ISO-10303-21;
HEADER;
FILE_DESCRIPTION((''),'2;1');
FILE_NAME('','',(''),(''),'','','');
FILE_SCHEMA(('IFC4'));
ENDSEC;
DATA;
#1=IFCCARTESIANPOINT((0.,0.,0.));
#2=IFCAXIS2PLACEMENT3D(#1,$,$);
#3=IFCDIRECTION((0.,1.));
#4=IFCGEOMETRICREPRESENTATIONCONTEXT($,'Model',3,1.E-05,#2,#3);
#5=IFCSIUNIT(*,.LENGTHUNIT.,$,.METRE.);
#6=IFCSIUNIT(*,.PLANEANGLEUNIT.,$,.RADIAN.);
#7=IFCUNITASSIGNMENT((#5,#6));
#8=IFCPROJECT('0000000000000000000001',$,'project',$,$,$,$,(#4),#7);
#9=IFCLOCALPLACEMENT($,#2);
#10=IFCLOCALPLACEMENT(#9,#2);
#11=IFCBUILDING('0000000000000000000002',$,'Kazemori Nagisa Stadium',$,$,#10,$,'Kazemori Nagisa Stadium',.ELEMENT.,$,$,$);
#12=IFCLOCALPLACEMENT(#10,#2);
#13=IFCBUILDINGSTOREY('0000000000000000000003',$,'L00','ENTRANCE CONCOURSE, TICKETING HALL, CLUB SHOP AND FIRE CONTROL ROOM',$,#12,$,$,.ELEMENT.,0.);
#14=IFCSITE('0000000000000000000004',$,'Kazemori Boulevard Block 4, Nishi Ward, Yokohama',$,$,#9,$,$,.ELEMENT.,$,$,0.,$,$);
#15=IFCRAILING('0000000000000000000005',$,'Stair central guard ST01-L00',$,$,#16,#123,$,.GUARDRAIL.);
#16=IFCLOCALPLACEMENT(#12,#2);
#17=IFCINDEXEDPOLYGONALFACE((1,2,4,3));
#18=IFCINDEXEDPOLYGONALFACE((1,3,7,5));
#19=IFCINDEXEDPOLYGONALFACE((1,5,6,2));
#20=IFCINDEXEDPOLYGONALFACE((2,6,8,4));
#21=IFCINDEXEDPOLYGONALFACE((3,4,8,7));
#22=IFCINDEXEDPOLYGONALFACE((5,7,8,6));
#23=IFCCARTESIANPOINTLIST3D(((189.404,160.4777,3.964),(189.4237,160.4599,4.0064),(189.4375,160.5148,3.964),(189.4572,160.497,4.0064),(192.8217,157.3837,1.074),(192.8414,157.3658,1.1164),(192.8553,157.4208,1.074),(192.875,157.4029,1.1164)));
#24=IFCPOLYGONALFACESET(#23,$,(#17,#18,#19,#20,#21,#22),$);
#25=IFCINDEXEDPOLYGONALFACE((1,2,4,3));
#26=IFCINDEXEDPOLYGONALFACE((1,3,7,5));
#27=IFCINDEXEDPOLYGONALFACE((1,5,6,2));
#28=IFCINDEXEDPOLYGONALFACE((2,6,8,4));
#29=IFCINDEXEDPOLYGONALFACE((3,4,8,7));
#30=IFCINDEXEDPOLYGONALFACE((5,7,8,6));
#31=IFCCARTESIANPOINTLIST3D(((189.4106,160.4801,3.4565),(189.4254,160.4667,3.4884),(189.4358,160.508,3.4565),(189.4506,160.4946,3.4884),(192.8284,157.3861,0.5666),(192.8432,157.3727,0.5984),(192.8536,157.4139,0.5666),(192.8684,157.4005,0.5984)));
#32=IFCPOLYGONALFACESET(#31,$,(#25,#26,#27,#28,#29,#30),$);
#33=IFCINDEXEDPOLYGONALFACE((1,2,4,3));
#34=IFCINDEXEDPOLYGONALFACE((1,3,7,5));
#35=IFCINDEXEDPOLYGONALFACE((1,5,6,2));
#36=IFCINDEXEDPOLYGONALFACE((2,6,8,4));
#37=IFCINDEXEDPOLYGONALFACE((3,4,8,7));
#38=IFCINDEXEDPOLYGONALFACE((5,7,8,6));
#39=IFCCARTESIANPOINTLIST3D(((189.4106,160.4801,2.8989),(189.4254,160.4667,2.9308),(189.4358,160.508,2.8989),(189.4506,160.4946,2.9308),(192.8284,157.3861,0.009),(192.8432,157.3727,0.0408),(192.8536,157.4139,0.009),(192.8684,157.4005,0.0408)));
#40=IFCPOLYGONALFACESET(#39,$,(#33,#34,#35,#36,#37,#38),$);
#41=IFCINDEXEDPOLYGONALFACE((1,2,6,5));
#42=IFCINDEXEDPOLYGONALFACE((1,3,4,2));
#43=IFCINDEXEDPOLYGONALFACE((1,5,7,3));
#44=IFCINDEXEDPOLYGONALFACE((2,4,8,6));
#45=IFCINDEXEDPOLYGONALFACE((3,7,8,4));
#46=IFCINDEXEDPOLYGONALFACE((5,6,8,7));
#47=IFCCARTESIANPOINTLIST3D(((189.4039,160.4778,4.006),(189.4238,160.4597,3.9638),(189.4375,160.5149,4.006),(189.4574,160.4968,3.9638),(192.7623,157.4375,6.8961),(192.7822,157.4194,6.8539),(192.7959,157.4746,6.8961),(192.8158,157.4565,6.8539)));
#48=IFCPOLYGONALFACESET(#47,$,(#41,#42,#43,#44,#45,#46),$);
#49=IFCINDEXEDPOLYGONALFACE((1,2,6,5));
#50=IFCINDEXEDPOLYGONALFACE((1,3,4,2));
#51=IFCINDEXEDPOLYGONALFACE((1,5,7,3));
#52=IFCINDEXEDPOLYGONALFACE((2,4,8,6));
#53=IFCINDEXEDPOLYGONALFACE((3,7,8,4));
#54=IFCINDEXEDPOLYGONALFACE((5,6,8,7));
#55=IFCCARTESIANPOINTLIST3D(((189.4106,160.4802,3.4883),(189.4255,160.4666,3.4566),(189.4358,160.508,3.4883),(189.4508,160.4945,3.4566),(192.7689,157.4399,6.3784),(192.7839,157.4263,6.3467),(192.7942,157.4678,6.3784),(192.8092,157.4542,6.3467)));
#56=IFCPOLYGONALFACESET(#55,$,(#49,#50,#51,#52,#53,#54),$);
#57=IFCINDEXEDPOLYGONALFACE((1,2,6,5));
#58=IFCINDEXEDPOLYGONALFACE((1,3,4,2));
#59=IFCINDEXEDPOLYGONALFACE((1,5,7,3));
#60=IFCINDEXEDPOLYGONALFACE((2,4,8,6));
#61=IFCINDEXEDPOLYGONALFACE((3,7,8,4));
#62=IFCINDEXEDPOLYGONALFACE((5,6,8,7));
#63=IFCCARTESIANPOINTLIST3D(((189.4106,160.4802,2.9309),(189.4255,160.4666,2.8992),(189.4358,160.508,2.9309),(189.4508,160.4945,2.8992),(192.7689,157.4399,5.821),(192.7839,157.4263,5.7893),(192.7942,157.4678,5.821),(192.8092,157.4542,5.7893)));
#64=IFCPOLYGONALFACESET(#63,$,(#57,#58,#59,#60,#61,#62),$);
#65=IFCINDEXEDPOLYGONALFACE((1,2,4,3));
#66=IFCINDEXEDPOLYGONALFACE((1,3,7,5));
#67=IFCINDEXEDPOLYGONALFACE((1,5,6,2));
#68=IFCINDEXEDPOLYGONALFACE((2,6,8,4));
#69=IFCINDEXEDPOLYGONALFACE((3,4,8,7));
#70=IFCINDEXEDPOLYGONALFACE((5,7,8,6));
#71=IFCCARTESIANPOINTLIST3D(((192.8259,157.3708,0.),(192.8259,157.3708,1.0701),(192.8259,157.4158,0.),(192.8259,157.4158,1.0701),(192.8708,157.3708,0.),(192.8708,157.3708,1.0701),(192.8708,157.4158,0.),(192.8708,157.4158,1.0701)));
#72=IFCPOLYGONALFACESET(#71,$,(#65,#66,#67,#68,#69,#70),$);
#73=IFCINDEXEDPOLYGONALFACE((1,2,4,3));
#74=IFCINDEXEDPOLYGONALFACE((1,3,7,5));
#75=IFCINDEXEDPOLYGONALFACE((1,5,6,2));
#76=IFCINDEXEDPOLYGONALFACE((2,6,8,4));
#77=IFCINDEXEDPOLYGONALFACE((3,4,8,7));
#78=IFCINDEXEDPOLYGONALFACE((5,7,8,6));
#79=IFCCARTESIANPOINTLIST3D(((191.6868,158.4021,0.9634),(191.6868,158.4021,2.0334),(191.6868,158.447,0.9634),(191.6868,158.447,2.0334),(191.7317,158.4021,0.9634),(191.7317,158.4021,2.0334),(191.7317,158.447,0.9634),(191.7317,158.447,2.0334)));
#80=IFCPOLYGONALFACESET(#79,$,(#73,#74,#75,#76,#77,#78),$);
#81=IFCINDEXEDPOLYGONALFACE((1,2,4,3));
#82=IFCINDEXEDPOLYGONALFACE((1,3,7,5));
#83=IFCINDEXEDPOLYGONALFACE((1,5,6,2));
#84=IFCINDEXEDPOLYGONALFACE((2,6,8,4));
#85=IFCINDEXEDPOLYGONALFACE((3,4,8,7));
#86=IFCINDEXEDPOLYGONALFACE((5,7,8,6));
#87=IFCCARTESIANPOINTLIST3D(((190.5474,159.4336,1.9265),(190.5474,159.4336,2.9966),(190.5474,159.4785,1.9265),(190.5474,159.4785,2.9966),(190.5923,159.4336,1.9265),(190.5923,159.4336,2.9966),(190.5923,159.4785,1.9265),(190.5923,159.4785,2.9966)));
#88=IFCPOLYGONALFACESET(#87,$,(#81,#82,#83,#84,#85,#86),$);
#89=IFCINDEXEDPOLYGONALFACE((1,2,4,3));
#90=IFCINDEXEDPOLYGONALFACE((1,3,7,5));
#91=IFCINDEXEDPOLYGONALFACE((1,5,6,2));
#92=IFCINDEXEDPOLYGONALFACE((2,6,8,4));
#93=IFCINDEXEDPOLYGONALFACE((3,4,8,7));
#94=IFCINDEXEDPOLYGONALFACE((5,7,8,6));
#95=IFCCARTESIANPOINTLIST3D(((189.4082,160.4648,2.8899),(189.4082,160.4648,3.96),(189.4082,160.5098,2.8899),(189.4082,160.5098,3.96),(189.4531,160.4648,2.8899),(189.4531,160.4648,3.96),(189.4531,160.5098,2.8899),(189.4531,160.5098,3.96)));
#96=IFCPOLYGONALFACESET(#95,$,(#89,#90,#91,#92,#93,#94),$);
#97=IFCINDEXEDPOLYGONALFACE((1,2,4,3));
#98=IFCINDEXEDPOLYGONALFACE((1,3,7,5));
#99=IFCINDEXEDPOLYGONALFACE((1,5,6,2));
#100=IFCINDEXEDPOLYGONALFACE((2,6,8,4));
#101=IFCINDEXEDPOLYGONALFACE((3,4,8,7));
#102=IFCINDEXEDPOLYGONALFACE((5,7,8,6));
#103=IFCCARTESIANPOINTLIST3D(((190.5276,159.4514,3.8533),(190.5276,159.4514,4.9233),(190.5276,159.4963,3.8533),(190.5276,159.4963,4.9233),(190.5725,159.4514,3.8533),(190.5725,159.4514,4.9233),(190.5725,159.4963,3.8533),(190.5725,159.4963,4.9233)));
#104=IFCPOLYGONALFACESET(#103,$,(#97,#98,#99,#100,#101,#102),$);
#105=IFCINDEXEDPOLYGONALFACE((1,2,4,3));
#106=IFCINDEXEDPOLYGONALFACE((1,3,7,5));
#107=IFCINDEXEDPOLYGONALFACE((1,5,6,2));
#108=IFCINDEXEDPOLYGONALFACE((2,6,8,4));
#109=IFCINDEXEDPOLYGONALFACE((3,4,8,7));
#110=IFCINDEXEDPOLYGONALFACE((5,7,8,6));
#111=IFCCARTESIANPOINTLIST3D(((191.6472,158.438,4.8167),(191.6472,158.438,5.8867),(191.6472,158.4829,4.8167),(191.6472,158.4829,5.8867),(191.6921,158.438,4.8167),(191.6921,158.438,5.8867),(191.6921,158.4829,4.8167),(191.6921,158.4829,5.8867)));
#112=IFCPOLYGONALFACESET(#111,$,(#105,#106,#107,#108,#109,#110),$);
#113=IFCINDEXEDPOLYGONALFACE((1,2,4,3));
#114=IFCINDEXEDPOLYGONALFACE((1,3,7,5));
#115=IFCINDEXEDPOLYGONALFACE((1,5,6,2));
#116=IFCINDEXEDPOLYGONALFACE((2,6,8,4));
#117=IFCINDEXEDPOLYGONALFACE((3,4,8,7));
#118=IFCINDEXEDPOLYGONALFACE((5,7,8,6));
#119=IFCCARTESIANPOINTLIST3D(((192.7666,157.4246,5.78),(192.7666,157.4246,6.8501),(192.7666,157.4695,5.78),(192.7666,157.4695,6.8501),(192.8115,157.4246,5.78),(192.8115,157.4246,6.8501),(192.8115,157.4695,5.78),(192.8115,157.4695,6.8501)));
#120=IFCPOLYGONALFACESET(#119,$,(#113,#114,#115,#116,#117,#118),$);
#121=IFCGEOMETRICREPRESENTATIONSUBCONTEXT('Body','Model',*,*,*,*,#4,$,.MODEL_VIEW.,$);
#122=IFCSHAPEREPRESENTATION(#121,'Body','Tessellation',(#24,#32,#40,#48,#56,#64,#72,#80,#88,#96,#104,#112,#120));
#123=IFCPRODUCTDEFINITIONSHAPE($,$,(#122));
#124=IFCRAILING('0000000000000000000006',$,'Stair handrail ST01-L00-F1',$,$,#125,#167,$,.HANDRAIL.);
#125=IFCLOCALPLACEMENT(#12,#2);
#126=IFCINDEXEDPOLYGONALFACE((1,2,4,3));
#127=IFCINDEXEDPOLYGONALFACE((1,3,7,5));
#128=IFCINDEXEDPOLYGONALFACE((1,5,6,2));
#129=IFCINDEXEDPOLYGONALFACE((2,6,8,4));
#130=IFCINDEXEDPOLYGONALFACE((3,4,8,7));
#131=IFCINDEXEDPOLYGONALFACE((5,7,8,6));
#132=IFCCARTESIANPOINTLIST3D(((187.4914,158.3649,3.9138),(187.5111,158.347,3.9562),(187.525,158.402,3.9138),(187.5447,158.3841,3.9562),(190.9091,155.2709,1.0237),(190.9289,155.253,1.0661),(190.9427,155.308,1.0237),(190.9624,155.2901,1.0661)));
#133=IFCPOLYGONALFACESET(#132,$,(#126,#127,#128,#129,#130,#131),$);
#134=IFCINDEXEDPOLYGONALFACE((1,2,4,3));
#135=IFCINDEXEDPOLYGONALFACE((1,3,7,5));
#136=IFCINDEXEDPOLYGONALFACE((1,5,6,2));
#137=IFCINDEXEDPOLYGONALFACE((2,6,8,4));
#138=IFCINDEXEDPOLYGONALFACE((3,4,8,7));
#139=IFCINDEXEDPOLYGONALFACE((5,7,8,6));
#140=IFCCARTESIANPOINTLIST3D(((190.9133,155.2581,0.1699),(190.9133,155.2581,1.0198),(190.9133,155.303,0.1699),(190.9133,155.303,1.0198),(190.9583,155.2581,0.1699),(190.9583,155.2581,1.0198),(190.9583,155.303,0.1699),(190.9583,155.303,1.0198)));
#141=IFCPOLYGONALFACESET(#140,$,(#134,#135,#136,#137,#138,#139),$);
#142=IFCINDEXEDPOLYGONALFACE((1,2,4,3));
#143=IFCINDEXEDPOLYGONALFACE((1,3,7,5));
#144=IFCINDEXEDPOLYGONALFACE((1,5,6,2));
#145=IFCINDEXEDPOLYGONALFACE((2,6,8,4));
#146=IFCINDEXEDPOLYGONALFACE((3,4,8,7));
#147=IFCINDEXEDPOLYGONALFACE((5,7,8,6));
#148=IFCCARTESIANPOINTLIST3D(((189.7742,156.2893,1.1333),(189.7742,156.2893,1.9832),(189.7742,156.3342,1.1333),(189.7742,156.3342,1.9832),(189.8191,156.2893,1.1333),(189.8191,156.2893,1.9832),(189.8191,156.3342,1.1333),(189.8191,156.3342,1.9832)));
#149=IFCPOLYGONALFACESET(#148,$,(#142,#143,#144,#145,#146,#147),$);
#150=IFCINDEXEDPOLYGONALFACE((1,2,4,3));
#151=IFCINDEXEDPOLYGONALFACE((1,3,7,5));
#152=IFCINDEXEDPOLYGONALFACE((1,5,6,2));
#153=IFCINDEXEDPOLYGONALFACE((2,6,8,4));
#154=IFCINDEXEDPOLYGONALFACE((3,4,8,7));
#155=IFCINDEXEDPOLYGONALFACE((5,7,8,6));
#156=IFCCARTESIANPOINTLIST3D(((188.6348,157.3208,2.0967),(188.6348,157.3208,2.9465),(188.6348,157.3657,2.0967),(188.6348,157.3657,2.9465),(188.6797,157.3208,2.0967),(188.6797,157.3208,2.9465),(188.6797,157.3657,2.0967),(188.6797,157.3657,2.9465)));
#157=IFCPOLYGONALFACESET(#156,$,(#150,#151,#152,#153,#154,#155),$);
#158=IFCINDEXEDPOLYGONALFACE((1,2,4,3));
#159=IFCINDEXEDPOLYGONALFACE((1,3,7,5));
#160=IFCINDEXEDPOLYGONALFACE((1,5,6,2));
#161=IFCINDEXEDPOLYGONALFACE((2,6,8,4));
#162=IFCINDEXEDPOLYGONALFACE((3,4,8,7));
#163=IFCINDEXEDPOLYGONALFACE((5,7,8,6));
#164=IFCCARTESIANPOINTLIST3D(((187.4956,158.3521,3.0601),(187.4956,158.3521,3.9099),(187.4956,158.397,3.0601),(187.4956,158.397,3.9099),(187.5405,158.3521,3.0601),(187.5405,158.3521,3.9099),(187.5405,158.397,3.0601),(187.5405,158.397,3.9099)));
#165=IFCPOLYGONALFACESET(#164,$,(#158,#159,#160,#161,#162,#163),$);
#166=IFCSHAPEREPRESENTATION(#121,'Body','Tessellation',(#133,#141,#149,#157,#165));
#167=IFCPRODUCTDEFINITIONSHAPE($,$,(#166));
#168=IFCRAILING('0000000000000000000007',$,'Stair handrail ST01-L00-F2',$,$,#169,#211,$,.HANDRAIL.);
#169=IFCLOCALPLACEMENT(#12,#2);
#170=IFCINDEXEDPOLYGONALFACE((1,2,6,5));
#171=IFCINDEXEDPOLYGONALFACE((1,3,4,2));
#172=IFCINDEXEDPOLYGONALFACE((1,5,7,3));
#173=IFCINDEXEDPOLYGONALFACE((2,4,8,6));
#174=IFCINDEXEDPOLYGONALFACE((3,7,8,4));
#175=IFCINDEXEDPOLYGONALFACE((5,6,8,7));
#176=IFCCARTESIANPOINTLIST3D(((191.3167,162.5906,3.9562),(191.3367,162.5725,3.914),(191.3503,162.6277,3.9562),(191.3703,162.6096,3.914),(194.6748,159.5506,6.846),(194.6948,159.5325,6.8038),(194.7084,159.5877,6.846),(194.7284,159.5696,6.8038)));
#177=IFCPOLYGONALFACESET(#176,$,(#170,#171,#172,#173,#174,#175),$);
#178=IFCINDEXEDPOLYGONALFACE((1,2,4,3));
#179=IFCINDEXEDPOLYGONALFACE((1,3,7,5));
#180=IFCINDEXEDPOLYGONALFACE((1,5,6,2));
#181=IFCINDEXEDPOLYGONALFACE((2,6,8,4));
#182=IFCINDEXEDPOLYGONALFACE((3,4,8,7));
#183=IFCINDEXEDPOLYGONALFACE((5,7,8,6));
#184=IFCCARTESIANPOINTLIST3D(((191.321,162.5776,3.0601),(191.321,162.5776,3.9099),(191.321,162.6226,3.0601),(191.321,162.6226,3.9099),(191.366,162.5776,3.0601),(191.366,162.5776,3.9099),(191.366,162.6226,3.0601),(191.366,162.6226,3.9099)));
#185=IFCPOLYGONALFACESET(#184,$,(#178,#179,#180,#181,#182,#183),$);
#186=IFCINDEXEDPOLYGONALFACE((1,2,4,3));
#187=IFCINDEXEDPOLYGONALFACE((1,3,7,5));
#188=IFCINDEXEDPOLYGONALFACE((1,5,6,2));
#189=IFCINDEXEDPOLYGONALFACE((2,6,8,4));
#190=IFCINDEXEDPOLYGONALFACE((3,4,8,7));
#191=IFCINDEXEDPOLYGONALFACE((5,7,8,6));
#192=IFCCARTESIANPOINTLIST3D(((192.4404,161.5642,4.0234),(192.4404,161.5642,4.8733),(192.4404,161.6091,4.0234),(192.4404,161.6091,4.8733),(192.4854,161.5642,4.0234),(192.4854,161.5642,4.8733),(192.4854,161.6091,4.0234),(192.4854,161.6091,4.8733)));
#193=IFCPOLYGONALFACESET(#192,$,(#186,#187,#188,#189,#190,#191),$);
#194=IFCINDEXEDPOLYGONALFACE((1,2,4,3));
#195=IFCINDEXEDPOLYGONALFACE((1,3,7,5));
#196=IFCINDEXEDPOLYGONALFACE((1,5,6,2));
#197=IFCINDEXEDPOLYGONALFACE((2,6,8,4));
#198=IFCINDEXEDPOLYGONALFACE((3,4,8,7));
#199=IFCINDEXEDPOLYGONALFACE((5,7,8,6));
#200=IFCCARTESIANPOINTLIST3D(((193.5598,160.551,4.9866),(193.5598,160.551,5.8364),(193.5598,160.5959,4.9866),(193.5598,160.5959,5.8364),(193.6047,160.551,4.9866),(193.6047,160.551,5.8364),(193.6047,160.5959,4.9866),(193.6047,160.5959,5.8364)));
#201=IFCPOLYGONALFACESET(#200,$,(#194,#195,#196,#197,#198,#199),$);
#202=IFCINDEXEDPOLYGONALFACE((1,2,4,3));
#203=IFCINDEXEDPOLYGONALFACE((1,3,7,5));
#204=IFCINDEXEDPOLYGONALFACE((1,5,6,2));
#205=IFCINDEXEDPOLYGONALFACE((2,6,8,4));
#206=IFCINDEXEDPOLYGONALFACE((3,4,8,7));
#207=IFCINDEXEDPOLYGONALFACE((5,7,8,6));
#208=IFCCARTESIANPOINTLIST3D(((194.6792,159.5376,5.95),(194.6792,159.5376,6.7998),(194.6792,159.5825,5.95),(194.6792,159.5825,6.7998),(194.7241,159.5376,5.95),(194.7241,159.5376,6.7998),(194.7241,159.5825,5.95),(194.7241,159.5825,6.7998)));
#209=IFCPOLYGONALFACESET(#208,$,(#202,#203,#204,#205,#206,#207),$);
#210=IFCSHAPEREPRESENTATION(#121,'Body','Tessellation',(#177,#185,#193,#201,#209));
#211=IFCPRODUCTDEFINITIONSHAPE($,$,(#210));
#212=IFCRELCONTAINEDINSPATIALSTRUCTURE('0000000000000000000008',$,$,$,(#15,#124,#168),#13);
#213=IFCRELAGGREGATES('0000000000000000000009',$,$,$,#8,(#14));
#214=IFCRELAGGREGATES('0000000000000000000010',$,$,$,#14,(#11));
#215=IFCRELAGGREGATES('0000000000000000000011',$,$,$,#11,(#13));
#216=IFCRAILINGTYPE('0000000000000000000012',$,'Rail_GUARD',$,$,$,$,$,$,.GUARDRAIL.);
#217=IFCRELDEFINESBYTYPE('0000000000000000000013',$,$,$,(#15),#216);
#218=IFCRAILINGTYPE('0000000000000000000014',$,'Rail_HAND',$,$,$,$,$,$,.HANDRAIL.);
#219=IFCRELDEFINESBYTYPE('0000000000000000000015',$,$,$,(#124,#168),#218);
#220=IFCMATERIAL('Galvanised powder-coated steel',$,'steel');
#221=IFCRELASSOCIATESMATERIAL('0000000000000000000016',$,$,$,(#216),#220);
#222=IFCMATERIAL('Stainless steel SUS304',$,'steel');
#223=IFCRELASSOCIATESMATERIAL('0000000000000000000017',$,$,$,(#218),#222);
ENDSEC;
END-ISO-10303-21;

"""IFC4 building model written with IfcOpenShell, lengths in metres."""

from ifc_helpers import new_model, si_unit, direction, frame, origin, origin_2d, place, context, subcontext, project, spatial, rectangle, extrude, material, type_object, element, save


model = new_model("IFC4")

# Units and contexts
model_context = context("Model", 3, precision=1e-05, world=origin(), true_north=direction((0.0, 1.0)))
body_context = subcontext(model_context, "Body", "Model", "MODEL_VIEW")
ifc_project = project(units=[si_unit("LENGTHUNIT", "METRE"), si_unit("PLANEANGLEUNIT", "RADIAN")], contexts=[model_context])

# Site, building, storey
site_placement = place(None, origin())
site = spatial("IfcSite", under=ifc_project, at=site_placement, Name="Kazemori Boulevard Block 4, Nishi Ward, Yokohama", CompositionType="ELEMENT", RefElevation=0.0)
building_placement = place(site_placement, origin())
building = spatial("IfcBuilding", under=site, at=building_placement, Name="Kazemori Nagisa Stadium", LongName="Kazemori Nagisa Stadium", CompositionType="ELEMENT")
storey_placement = place(building_placement, origin())
storey = spatial("IfcBuildingStorey", under=building, at=storey_placement, Name="L00", Description="ENTRANCE CONCOURSE, TICKETING HALL, CLUB SHOP AND FIRE CONTROL ROOM", CompositionType="ELEMENT", Elevation=0.0)

# Railings
ifc_material_1 = material(Name="Galvanised powder-coated steel", Category="steel")
railing_type_1 = type_object("IfcRailingType", Name="Rail_GUARD", PredefinedType="GUARDRAIL", material=ifc_material_1)
railing_1_placement = place(storey_placement, frame((192.8484, 157.3933, 0.0)))
element("IfcRailing", 1, at=railing_1_placement, inside=storey, type_object=railing_type_1, Name="Stair central guard ST01-L00", PredefinedType="GUARDRAIL", context=body_context, shape_type="SweptSolid", body=[
    extrude(rectangle(XDim=0.05, YDim=0.05, at=origin_2d()), frame((0.0, 0.0, 1.0952), z_axis=(-0.628136, 0.568638, 0.531127), x_axis=(-0.671124, -0.741345, 0.0)), (0.0, 0.0, 1.0), 5.4412),
    extrude(rectangle(XDim=0.0376, YDim=0.0376, at=origin_2d()), frame((0.0, 0.0, 0.5825), z_axis=(-0.628136, 0.568638, 0.531127), x_axis=(-0.671124, -0.741345, 0.0)), (0.0, 0.0, 1.0), 5.4412),
    extrude(rectangle(XDim=0.0376, YDim=0.0376, at=origin_2d()), frame((0.0, 0.0, 0.0249), z_axis=(-0.628136, 0.568638, 0.531127), x_axis=(-0.671124, -0.741345, 0.0)), (0.0, 0.0, 1.0), 5.4412),
    extrude(rectangle(XDim=0.05, YDim=0.05, at=origin_2d()), frame((-3.4177, 3.094, 3.9849), z_axis=(0.624987, -0.565787, 0.537845), x_axis=(0.671124, 0.741346, 0.0)), (0.0, 0.0, 1.0), 5.3735),
    extrude(rectangle(XDim=0.0376, YDim=0.0376, at=origin_2d()), frame((-3.4177, 3.094, 3.4724), z_axis=(0.624987, -0.565787, 0.537845), x_axis=(0.671124, 0.741346, 0.0)), (0.0, 0.0, 1.0), 5.3735),
    extrude(rectangle(XDim=0.0376, YDim=0.0376, at=origin_2d()), frame((-3.4177, 3.094, 2.915), z_axis=(0.624987, -0.565787, 0.537845), x_axis=(0.671124, 0.741346, 0.0)), (0.0, 0.0, 1.0), 5.3735),
    extrude(rectangle(XDim=0.0449, YDim=0.0449, at=origin_2d()), origin(), (0.0, 0.0, 1.0), 1.0701),
    extrude(rectangle(XDim=0.0449, YDim=0.0449, at=origin_2d()), frame((-1.1392, 1.0312, 0.9634)), (0.0, 0.0, 1.0), 1.0701),
    extrude(rectangle(XDim=0.0449, YDim=0.0449, at=origin_2d()), frame((-2.2786, 2.0627, 1.9265)), (0.0, 0.0, 1.0), 1.0701),
    extrude(rectangle(XDim=0.0449, YDim=0.0449, at=origin_2d()), frame((-3.4177, 3.094, 2.8899)), (0.0, 0.0, 1.0), 1.0701),
    extrude(rectangle(XDim=0.0449, YDim=0.0449, at=origin_2d()), frame((-2.2983, 2.0806, 3.8533)), (0.0, 0.0, 1.0), 1.0701),
    extrude(rectangle(XDim=0.0449, YDim=0.0449, at=origin_2d()), frame((-1.1787, 1.0671, 4.8167)), (0.0, 0.0, 1.0), 1.0701),
    extrude(rectangle(XDim=0.0449, YDim=0.0449, at=origin_2d()), frame((-0.0593, 0.0537, 5.78)), (0.0, 0.0, 1.0), 1.0701),
])
ifc_material_2 = material(Name="Stainless steel SUS304", Category="steel")
railing_type_2 = type_object("IfcRailingType", Name="Rail_HAND", PredefinedType="HANDRAIL", material=ifc_material_2)
railing_2_placement = place(storey_placement, frame((190.9358, 155.2805, 0.1699)))
element("IfcRailing", 2, at=railing_2_placement, inside=storey, type_object=railing_type_2, Name="Stair handrail ST01-L00-F1", PredefinedType="HANDRAIL", context=body_context, shape_type="SweptSolid", body=[
    extrude(rectangle(XDim=0.05, YDim=0.05, at=origin_2d()), frame((0.0, 0.0, 0.875), z_axis=(-0.628121, 0.568625, 0.531159), x_axis=(-0.671124, -0.741345, 0.0)), (0.0, 0.0, 1.0), 5.4412),
    extrude(rectangle(XDim=0.0449, YDim=0.0449, at=origin_2d()), origin(), (0.0, 0.0, 1.0), 0.8499),
    extrude(rectangle(XDim=0.0449, YDim=0.0449, at=origin_2d()), frame((-1.1392, 1.0312, 0.9634)), (0.0, 0.0, 1.0), 0.8499),
    extrude(rectangle(XDim=0.0449, YDim=0.0449, at=origin_2d()), frame((-2.2786, 2.0627, 1.9268)), (0.0, 0.0, 1.0), 0.8499),
    extrude(rectangle(XDim=0.0449, YDim=0.0449, at=origin_2d()), frame((-3.4177, 3.094, 2.8901)), (0.0, 0.0, 1.0), 0.8499),
])
railing_3_placement = place(storey_placement, frame((191.3435, 162.6001, 3.0601)))
element("IfcRailing", 3, at=railing_3_placement, inside=storey, type_object=railing_type_2, Name="Stair handrail ST01-L00-F2", PredefinedType="HANDRAIL", context=body_context, shape_type="SweptSolid", body=[
    extrude(rectangle(XDim=0.05, YDim=0.05, at=origin_2d()), frame((0.0, 0.0, 0.875), z_axis=(0.62499, -0.565786, 0.537842), x_axis=(0.671121, 0.741348, 0.0)), (0.0, 0.0, 1.0), 5.373),
    extrude(rectangle(XDim=0.0449, YDim=0.0449, at=origin_2d()), origin(), (0.0, 0.0, 1.0), 0.8499),
    extrude(rectangle(XDim=0.0449, YDim=0.0449, at=origin_2d()), frame((1.1194, -1.0134, 0.9634)), (0.0, 0.0, 1.0), 0.8499),
    extrude(rectangle(XDim=0.0449, YDim=0.0449, at=origin_2d()), frame((2.2388, -2.0266, 1.9265)), (0.0, 0.0, 1.0), 0.8499),
    extrude(rectangle(XDim=0.0449, YDim=0.0449, at=origin_2d()), frame((3.3582, -3.04, 2.8899)), (0.0, 0.0, 1.0), 0.8499),
])

save(model, "model.ifc")
